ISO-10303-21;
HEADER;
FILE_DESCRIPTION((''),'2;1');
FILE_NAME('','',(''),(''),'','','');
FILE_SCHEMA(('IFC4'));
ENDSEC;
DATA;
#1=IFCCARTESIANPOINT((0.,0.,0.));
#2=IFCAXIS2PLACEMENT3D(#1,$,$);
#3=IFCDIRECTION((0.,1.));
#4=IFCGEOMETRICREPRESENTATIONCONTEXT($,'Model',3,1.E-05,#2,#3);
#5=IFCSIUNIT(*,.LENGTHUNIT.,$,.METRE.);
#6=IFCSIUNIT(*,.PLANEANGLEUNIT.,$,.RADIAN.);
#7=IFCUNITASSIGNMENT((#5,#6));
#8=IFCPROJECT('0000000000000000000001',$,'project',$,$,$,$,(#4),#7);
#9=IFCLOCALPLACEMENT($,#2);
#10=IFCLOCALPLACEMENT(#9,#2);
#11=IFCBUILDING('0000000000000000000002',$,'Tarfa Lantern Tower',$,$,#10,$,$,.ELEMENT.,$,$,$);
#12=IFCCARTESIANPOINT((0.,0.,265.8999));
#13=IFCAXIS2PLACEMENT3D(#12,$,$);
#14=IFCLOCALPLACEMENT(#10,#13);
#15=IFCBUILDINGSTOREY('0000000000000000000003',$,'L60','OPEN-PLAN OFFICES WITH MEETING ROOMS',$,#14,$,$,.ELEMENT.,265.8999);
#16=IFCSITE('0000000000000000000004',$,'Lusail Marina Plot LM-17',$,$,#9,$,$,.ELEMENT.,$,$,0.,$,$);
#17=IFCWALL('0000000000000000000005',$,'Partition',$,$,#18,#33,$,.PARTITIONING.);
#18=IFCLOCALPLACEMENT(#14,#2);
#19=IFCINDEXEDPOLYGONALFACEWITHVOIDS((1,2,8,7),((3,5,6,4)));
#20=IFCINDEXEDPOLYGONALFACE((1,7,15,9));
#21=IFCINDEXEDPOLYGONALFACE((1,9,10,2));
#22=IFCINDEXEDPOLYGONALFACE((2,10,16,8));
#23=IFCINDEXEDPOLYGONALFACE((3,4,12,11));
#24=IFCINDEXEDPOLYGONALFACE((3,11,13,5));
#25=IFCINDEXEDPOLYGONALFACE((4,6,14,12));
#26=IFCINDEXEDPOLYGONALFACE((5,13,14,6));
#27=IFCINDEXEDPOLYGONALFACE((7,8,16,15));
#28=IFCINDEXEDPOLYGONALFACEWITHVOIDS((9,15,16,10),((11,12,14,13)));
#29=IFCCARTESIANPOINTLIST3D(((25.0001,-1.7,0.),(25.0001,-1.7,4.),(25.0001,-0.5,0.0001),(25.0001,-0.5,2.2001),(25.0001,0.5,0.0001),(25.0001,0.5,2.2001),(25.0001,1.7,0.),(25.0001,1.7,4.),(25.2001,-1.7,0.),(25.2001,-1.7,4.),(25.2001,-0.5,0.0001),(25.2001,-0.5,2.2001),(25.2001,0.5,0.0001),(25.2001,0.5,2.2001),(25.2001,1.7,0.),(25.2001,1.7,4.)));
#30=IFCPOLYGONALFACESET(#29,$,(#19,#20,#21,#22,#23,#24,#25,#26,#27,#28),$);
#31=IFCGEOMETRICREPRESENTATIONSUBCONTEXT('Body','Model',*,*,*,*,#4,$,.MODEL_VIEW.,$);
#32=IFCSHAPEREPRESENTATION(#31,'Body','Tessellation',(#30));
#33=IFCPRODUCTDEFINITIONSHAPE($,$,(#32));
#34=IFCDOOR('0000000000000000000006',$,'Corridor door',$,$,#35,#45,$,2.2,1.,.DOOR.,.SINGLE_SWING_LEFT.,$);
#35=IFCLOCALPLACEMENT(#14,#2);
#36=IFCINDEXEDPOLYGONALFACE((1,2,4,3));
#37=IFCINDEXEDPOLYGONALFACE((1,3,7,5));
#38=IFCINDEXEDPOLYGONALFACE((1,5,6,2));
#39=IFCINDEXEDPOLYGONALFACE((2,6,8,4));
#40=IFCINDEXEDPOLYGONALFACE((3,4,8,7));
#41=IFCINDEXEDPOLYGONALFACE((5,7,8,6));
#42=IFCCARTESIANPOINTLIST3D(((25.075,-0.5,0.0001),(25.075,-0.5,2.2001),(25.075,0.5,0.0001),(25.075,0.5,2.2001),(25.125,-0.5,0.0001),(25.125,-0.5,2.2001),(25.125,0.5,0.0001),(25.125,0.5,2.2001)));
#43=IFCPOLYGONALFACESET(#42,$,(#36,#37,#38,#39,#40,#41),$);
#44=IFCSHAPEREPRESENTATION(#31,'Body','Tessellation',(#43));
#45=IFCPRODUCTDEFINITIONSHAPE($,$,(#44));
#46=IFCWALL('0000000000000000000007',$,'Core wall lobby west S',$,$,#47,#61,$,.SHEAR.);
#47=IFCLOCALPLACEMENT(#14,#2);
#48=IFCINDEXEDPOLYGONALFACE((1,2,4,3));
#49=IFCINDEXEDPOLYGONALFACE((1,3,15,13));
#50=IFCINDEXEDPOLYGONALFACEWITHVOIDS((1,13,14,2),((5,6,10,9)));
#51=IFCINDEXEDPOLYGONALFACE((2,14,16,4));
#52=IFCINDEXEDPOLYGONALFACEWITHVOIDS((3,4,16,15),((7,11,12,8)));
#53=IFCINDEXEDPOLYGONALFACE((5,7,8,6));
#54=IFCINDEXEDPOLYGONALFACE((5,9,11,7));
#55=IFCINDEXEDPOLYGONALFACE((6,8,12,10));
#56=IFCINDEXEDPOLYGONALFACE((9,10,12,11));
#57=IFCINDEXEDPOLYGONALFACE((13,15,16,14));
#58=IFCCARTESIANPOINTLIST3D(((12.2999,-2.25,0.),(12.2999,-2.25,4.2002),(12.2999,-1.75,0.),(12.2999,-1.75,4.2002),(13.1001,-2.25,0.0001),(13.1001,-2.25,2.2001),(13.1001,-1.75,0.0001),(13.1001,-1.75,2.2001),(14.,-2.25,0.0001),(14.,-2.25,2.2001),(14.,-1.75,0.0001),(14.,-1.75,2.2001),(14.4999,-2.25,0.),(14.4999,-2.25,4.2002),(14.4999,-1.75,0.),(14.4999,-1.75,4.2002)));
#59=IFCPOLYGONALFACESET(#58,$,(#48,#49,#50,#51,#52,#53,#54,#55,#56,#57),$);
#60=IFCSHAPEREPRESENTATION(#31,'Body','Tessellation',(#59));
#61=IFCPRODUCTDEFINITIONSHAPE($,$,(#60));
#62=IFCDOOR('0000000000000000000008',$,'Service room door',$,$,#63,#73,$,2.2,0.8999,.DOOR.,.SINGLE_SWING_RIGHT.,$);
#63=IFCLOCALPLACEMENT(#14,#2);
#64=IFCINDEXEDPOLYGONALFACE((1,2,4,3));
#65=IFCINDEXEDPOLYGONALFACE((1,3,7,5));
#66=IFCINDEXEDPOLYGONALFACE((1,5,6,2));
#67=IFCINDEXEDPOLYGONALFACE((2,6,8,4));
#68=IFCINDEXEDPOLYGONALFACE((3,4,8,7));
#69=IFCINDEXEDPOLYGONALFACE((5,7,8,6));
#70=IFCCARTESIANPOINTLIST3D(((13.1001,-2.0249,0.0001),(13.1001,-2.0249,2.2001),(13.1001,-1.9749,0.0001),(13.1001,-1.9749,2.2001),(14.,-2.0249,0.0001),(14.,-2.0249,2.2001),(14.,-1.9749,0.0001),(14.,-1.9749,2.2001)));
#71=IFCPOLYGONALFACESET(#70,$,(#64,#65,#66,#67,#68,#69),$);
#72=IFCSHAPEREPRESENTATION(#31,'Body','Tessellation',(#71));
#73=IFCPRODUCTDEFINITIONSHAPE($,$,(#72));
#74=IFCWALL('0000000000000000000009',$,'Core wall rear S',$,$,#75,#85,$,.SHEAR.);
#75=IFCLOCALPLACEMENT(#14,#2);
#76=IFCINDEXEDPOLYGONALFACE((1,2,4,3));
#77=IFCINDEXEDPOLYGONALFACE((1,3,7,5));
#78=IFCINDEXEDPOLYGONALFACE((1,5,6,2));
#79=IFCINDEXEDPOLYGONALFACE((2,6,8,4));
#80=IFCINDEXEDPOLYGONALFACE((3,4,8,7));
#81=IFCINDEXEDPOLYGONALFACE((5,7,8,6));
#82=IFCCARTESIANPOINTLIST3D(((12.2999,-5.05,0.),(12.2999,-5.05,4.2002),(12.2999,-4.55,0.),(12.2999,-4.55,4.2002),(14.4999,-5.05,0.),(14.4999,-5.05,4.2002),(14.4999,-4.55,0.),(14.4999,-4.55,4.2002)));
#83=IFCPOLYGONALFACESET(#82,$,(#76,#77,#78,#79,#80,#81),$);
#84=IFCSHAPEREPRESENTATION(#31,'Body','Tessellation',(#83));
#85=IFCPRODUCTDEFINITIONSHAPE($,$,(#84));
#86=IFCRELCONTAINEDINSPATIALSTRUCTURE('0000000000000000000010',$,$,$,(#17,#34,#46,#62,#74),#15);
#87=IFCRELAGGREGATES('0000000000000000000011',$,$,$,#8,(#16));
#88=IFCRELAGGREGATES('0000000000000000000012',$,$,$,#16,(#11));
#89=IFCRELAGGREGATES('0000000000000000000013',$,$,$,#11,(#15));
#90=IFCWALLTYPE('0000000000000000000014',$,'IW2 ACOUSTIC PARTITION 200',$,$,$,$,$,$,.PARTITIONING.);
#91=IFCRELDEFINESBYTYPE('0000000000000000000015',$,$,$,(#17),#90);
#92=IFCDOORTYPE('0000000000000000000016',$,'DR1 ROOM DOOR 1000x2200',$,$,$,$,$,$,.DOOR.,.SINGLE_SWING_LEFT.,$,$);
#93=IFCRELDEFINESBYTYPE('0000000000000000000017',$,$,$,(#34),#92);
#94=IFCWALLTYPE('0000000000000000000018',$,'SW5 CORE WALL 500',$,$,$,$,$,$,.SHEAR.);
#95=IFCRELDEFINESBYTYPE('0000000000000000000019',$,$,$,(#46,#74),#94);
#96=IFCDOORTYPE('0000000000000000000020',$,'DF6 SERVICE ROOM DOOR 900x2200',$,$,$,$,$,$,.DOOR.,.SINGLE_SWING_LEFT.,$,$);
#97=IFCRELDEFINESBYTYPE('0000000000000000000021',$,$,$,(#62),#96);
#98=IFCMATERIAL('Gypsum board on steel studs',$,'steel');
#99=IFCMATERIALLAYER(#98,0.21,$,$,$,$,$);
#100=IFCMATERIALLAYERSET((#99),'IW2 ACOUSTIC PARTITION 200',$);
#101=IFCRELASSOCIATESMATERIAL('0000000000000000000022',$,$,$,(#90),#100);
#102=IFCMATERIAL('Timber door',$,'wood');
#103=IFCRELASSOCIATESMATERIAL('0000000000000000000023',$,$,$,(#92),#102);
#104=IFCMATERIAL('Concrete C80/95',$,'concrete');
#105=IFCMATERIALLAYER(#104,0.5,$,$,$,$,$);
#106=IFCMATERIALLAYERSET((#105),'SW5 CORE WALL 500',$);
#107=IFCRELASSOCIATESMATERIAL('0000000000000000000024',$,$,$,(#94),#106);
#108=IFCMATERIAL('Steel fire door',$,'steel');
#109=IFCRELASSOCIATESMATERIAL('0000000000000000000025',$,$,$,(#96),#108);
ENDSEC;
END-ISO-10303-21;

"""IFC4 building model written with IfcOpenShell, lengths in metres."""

from ifc_helpers import new_model, si_unit, direction, frame, frame_2d, origin, place, context, subcontext, project, spatial, rectangle, extrude, material, layer, layer_set, type_object, element, fill, save


model = new_model("IFC4")

# Units and contexts
model_context = context("Model", 3, precision=1e-05, world=origin(), true_north=direction((0.0, 1.0)))
body_context = subcontext(model_context, "Body", "Model", "MODEL_VIEW")
ifc_project = project(units=[si_unit("LENGTHUNIT", "METRE"), si_unit("PLANEANGLEUNIT", "RADIAN")], contexts=[model_context])

# Site, building, storey
site_placement = place(None, origin())
site = spatial("IfcSite", under=ifc_project, at=site_placement, Name="Lusail Marina Plot LM-17", CompositionType="ELEMENT", RefElevation=0.0)
building_placement = place(site_placement, origin())
building = spatial("IfcBuilding", under=site, at=building_placement, Name="Tarfa Lantern Tower", CompositionType="ELEMENT")
storey_placement = place(building_placement, frame((0.0, 0.0, 265.8999)))
storey = spatial("IfcBuildingStorey", under=building, at=storey_placement, Name="L60", Description="OPEN-PLAN OFFICES WITH MEETING ROOMS", CompositionType="ELEMENT", Elevation=265.8999)

# Shared definitions
ifc_material_1 = material(Name="Gypsum board on steel studs", Category="steel")
ifc_layer_1 = layer(ifc_material_1, 0.21)
ifc_layer_set_1 = layer_set([ifc_layer_1], Name="IW2 ACOUSTIC PARTITION 200")
wall_type_1 = type_object("IfcWallType", Name="IW2 ACOUSTIC PARTITION 200", PredefinedType="PARTITIONING", material=ifc_layer_set_1)
ifc_material_2 = material(Name="Timber door", Category="wood")
door_type_1 = type_object("IfcDoorType", Name="DR1 ROOM DOOR 1000x2200", OperationType="SINGLE_SWING_LEFT", PredefinedType="DOOR", material=ifc_material_2)

# Walls, openings, doors
wall_1_placement = place(storey_placement, frame((25.1001, -1.7, 0.0), z_axis=(0.0, 0.0, 1.0), x_axis=(0.0, 1.0, 0.0)))
wall_1 = element("IfcWall", 1, at=wall_1_placement, inside=storey, type_object=wall_type_1, Name="Partition", PredefinedType="PARTITIONING", context=body_context, shape_type="SweptSolid", body=[
    extrude(rectangle(XDim=3.3999, YDim=0.2, at=frame_2d((1.7, 0.0))), origin(), (0.0, 0.0, 1.0), 4.0),
])
opening_1_placement = place(wall_1_placement, frame((1.2, 0.0, 0.0)))
opening_1 = element("IfcOpeningElement", 2, at=opening_1_placement, cuts=wall_1, PredefinedType="OPENING", context=body_context, shape_type="SweptSolid", body=[
    extrude(rectangle(XDim=1.0, YDim=2.2, at=frame_2d((0.5, 1.1001))), frame((0.0, 0.1099, 0.0), z_axis=(0.0, -1.0, 0.0), x_axis=(1.0, 0.0, 0.0)), (0.0, 0.0, 1.0), 0.22),
])
door_1_placement = place(opening_1_placement, frame((1.0, 0.0, 0.0), z_axis=(0.0, 0.0, 1.0), x_axis=(-1.0, 0.0, 0.0)))
door_1 = element("IfcDoor", 3, at=door_1_placement, inside=storey, type_object=door_type_1, Name="Corridor door", OperationType="SINGLE_SWING_LEFT", OverallHeight=2.2, OverallWidth=1.0, PredefinedType="DOOR", context=body_context, shape_type="SweptSolid", body=[
    extrude(rectangle(XDim=1.0, YDim=2.2, at=frame_2d((0.5, 1.1001))), frame((0.0, 0.0249, 0.0), z_axis=(0.0, -1.0, 0.0), x_axis=(1.0, 0.0, 0.0)), (0.0, 0.0, 1.0), 0.05),
])
fill(opening_1, door_1)
ifc_material_3 = material(Name="Concrete C80/95", Category="concrete")
ifc_material_4 = material(Name="Steel fire door", Category="steel")
ifc_layer_2 = layer(ifc_material_3, 0.5)
ifc_layer_set_2 = layer_set([ifc_layer_2], Name="SW5 CORE WALL 500")
wall_type_2 = type_object("IfcWallType", Name="SW5 CORE WALL 500", PredefinedType="SHEAR", material=ifc_layer_set_2)
wall_2_placement = place(storey_placement, frame((14.5, -2.0, 0.0), z_axis=(0.0, 0.0, 1.0), x_axis=(-1.0, 0.0, 0.0)))
wall_2 = element("IfcWall", 4, at=wall_2_placement, inside=storey, type_object=wall_type_2, Name="Core wall lobby west S", PredefinedType="SHEAR", context=body_context, shape_type="SweptSolid", body=[
    extrude(rectangle(XDim=2.2, YDim=0.5, at=frame_2d((1.1001, 0.0))), origin(), (0.0, 0.0, 1.0), 4.2002),
])
opening_2_placement = place(wall_2_placement, frame((0.5, 0.0, 0.0)))
opening_2 = element("IfcOpeningElement", 5, at=opening_2_placement, cuts=wall_2, PredefinedType="OPENING", context=body_context, shape_type="SweptSolid", body=[
    extrude(rectangle(XDim=0.8999, YDim=2.2, at=frame_2d((0.45, 1.1001))), frame((0.0, 0.26, 0.0), z_axis=(0.0, -1.0, 0.0), x_axis=(1.0, 0.0, 0.0)), (0.0, 0.0, 1.0), 0.52),
])
door_type_2 = type_object("IfcDoorType", Name="DF6 SERVICE ROOM DOOR 900x2200", OperationType="SINGLE_SWING_LEFT", PredefinedType="DOOR", material=ifc_material_4)
door_2_placement = place(opening_2_placement, origin())
door_2 = element("IfcDoor", 6, at=door_2_placement, inside=storey, type_object=door_type_2, Name="Service room door", OperationType="SINGLE_SWING_RIGHT", OverallHeight=2.2, OverallWidth=0.8999, PredefinedType="DOOR", context=body_context, shape_type="SweptSolid", body=[
    extrude(rectangle(XDim=0.8999, YDim=2.2, at=frame_2d((0.45, 1.1001))), frame((0.0, 0.0249, 0.0), z_axis=(0.0, -1.0, 0.0), x_axis=(1.0, 0.0, 0.0)), (0.0, 0.0, 1.0), 0.05),
])
fill(opening_2, door_2)

# Wall
wall_3_placement = place(storey_placement, frame((14.5, -4.8, 0.0), z_axis=(0.0, 0.0, 1.0), x_axis=(-1.0, 0.0, 0.0)))
element("IfcWall", 7, at=wall_3_placement, inside=storey, type_object=wall_type_2, Name="Core wall rear S", PredefinedType="SHEAR", context=body_context, shape_type="SweptSolid", body=[
    extrude(rectangle(XDim=2.2, YDim=0.5, at=frame_2d((1.1001, 0.0))), origin(), (0.0, 0.0, 1.0), 4.2002),
])

save(model, "model.ifc")
